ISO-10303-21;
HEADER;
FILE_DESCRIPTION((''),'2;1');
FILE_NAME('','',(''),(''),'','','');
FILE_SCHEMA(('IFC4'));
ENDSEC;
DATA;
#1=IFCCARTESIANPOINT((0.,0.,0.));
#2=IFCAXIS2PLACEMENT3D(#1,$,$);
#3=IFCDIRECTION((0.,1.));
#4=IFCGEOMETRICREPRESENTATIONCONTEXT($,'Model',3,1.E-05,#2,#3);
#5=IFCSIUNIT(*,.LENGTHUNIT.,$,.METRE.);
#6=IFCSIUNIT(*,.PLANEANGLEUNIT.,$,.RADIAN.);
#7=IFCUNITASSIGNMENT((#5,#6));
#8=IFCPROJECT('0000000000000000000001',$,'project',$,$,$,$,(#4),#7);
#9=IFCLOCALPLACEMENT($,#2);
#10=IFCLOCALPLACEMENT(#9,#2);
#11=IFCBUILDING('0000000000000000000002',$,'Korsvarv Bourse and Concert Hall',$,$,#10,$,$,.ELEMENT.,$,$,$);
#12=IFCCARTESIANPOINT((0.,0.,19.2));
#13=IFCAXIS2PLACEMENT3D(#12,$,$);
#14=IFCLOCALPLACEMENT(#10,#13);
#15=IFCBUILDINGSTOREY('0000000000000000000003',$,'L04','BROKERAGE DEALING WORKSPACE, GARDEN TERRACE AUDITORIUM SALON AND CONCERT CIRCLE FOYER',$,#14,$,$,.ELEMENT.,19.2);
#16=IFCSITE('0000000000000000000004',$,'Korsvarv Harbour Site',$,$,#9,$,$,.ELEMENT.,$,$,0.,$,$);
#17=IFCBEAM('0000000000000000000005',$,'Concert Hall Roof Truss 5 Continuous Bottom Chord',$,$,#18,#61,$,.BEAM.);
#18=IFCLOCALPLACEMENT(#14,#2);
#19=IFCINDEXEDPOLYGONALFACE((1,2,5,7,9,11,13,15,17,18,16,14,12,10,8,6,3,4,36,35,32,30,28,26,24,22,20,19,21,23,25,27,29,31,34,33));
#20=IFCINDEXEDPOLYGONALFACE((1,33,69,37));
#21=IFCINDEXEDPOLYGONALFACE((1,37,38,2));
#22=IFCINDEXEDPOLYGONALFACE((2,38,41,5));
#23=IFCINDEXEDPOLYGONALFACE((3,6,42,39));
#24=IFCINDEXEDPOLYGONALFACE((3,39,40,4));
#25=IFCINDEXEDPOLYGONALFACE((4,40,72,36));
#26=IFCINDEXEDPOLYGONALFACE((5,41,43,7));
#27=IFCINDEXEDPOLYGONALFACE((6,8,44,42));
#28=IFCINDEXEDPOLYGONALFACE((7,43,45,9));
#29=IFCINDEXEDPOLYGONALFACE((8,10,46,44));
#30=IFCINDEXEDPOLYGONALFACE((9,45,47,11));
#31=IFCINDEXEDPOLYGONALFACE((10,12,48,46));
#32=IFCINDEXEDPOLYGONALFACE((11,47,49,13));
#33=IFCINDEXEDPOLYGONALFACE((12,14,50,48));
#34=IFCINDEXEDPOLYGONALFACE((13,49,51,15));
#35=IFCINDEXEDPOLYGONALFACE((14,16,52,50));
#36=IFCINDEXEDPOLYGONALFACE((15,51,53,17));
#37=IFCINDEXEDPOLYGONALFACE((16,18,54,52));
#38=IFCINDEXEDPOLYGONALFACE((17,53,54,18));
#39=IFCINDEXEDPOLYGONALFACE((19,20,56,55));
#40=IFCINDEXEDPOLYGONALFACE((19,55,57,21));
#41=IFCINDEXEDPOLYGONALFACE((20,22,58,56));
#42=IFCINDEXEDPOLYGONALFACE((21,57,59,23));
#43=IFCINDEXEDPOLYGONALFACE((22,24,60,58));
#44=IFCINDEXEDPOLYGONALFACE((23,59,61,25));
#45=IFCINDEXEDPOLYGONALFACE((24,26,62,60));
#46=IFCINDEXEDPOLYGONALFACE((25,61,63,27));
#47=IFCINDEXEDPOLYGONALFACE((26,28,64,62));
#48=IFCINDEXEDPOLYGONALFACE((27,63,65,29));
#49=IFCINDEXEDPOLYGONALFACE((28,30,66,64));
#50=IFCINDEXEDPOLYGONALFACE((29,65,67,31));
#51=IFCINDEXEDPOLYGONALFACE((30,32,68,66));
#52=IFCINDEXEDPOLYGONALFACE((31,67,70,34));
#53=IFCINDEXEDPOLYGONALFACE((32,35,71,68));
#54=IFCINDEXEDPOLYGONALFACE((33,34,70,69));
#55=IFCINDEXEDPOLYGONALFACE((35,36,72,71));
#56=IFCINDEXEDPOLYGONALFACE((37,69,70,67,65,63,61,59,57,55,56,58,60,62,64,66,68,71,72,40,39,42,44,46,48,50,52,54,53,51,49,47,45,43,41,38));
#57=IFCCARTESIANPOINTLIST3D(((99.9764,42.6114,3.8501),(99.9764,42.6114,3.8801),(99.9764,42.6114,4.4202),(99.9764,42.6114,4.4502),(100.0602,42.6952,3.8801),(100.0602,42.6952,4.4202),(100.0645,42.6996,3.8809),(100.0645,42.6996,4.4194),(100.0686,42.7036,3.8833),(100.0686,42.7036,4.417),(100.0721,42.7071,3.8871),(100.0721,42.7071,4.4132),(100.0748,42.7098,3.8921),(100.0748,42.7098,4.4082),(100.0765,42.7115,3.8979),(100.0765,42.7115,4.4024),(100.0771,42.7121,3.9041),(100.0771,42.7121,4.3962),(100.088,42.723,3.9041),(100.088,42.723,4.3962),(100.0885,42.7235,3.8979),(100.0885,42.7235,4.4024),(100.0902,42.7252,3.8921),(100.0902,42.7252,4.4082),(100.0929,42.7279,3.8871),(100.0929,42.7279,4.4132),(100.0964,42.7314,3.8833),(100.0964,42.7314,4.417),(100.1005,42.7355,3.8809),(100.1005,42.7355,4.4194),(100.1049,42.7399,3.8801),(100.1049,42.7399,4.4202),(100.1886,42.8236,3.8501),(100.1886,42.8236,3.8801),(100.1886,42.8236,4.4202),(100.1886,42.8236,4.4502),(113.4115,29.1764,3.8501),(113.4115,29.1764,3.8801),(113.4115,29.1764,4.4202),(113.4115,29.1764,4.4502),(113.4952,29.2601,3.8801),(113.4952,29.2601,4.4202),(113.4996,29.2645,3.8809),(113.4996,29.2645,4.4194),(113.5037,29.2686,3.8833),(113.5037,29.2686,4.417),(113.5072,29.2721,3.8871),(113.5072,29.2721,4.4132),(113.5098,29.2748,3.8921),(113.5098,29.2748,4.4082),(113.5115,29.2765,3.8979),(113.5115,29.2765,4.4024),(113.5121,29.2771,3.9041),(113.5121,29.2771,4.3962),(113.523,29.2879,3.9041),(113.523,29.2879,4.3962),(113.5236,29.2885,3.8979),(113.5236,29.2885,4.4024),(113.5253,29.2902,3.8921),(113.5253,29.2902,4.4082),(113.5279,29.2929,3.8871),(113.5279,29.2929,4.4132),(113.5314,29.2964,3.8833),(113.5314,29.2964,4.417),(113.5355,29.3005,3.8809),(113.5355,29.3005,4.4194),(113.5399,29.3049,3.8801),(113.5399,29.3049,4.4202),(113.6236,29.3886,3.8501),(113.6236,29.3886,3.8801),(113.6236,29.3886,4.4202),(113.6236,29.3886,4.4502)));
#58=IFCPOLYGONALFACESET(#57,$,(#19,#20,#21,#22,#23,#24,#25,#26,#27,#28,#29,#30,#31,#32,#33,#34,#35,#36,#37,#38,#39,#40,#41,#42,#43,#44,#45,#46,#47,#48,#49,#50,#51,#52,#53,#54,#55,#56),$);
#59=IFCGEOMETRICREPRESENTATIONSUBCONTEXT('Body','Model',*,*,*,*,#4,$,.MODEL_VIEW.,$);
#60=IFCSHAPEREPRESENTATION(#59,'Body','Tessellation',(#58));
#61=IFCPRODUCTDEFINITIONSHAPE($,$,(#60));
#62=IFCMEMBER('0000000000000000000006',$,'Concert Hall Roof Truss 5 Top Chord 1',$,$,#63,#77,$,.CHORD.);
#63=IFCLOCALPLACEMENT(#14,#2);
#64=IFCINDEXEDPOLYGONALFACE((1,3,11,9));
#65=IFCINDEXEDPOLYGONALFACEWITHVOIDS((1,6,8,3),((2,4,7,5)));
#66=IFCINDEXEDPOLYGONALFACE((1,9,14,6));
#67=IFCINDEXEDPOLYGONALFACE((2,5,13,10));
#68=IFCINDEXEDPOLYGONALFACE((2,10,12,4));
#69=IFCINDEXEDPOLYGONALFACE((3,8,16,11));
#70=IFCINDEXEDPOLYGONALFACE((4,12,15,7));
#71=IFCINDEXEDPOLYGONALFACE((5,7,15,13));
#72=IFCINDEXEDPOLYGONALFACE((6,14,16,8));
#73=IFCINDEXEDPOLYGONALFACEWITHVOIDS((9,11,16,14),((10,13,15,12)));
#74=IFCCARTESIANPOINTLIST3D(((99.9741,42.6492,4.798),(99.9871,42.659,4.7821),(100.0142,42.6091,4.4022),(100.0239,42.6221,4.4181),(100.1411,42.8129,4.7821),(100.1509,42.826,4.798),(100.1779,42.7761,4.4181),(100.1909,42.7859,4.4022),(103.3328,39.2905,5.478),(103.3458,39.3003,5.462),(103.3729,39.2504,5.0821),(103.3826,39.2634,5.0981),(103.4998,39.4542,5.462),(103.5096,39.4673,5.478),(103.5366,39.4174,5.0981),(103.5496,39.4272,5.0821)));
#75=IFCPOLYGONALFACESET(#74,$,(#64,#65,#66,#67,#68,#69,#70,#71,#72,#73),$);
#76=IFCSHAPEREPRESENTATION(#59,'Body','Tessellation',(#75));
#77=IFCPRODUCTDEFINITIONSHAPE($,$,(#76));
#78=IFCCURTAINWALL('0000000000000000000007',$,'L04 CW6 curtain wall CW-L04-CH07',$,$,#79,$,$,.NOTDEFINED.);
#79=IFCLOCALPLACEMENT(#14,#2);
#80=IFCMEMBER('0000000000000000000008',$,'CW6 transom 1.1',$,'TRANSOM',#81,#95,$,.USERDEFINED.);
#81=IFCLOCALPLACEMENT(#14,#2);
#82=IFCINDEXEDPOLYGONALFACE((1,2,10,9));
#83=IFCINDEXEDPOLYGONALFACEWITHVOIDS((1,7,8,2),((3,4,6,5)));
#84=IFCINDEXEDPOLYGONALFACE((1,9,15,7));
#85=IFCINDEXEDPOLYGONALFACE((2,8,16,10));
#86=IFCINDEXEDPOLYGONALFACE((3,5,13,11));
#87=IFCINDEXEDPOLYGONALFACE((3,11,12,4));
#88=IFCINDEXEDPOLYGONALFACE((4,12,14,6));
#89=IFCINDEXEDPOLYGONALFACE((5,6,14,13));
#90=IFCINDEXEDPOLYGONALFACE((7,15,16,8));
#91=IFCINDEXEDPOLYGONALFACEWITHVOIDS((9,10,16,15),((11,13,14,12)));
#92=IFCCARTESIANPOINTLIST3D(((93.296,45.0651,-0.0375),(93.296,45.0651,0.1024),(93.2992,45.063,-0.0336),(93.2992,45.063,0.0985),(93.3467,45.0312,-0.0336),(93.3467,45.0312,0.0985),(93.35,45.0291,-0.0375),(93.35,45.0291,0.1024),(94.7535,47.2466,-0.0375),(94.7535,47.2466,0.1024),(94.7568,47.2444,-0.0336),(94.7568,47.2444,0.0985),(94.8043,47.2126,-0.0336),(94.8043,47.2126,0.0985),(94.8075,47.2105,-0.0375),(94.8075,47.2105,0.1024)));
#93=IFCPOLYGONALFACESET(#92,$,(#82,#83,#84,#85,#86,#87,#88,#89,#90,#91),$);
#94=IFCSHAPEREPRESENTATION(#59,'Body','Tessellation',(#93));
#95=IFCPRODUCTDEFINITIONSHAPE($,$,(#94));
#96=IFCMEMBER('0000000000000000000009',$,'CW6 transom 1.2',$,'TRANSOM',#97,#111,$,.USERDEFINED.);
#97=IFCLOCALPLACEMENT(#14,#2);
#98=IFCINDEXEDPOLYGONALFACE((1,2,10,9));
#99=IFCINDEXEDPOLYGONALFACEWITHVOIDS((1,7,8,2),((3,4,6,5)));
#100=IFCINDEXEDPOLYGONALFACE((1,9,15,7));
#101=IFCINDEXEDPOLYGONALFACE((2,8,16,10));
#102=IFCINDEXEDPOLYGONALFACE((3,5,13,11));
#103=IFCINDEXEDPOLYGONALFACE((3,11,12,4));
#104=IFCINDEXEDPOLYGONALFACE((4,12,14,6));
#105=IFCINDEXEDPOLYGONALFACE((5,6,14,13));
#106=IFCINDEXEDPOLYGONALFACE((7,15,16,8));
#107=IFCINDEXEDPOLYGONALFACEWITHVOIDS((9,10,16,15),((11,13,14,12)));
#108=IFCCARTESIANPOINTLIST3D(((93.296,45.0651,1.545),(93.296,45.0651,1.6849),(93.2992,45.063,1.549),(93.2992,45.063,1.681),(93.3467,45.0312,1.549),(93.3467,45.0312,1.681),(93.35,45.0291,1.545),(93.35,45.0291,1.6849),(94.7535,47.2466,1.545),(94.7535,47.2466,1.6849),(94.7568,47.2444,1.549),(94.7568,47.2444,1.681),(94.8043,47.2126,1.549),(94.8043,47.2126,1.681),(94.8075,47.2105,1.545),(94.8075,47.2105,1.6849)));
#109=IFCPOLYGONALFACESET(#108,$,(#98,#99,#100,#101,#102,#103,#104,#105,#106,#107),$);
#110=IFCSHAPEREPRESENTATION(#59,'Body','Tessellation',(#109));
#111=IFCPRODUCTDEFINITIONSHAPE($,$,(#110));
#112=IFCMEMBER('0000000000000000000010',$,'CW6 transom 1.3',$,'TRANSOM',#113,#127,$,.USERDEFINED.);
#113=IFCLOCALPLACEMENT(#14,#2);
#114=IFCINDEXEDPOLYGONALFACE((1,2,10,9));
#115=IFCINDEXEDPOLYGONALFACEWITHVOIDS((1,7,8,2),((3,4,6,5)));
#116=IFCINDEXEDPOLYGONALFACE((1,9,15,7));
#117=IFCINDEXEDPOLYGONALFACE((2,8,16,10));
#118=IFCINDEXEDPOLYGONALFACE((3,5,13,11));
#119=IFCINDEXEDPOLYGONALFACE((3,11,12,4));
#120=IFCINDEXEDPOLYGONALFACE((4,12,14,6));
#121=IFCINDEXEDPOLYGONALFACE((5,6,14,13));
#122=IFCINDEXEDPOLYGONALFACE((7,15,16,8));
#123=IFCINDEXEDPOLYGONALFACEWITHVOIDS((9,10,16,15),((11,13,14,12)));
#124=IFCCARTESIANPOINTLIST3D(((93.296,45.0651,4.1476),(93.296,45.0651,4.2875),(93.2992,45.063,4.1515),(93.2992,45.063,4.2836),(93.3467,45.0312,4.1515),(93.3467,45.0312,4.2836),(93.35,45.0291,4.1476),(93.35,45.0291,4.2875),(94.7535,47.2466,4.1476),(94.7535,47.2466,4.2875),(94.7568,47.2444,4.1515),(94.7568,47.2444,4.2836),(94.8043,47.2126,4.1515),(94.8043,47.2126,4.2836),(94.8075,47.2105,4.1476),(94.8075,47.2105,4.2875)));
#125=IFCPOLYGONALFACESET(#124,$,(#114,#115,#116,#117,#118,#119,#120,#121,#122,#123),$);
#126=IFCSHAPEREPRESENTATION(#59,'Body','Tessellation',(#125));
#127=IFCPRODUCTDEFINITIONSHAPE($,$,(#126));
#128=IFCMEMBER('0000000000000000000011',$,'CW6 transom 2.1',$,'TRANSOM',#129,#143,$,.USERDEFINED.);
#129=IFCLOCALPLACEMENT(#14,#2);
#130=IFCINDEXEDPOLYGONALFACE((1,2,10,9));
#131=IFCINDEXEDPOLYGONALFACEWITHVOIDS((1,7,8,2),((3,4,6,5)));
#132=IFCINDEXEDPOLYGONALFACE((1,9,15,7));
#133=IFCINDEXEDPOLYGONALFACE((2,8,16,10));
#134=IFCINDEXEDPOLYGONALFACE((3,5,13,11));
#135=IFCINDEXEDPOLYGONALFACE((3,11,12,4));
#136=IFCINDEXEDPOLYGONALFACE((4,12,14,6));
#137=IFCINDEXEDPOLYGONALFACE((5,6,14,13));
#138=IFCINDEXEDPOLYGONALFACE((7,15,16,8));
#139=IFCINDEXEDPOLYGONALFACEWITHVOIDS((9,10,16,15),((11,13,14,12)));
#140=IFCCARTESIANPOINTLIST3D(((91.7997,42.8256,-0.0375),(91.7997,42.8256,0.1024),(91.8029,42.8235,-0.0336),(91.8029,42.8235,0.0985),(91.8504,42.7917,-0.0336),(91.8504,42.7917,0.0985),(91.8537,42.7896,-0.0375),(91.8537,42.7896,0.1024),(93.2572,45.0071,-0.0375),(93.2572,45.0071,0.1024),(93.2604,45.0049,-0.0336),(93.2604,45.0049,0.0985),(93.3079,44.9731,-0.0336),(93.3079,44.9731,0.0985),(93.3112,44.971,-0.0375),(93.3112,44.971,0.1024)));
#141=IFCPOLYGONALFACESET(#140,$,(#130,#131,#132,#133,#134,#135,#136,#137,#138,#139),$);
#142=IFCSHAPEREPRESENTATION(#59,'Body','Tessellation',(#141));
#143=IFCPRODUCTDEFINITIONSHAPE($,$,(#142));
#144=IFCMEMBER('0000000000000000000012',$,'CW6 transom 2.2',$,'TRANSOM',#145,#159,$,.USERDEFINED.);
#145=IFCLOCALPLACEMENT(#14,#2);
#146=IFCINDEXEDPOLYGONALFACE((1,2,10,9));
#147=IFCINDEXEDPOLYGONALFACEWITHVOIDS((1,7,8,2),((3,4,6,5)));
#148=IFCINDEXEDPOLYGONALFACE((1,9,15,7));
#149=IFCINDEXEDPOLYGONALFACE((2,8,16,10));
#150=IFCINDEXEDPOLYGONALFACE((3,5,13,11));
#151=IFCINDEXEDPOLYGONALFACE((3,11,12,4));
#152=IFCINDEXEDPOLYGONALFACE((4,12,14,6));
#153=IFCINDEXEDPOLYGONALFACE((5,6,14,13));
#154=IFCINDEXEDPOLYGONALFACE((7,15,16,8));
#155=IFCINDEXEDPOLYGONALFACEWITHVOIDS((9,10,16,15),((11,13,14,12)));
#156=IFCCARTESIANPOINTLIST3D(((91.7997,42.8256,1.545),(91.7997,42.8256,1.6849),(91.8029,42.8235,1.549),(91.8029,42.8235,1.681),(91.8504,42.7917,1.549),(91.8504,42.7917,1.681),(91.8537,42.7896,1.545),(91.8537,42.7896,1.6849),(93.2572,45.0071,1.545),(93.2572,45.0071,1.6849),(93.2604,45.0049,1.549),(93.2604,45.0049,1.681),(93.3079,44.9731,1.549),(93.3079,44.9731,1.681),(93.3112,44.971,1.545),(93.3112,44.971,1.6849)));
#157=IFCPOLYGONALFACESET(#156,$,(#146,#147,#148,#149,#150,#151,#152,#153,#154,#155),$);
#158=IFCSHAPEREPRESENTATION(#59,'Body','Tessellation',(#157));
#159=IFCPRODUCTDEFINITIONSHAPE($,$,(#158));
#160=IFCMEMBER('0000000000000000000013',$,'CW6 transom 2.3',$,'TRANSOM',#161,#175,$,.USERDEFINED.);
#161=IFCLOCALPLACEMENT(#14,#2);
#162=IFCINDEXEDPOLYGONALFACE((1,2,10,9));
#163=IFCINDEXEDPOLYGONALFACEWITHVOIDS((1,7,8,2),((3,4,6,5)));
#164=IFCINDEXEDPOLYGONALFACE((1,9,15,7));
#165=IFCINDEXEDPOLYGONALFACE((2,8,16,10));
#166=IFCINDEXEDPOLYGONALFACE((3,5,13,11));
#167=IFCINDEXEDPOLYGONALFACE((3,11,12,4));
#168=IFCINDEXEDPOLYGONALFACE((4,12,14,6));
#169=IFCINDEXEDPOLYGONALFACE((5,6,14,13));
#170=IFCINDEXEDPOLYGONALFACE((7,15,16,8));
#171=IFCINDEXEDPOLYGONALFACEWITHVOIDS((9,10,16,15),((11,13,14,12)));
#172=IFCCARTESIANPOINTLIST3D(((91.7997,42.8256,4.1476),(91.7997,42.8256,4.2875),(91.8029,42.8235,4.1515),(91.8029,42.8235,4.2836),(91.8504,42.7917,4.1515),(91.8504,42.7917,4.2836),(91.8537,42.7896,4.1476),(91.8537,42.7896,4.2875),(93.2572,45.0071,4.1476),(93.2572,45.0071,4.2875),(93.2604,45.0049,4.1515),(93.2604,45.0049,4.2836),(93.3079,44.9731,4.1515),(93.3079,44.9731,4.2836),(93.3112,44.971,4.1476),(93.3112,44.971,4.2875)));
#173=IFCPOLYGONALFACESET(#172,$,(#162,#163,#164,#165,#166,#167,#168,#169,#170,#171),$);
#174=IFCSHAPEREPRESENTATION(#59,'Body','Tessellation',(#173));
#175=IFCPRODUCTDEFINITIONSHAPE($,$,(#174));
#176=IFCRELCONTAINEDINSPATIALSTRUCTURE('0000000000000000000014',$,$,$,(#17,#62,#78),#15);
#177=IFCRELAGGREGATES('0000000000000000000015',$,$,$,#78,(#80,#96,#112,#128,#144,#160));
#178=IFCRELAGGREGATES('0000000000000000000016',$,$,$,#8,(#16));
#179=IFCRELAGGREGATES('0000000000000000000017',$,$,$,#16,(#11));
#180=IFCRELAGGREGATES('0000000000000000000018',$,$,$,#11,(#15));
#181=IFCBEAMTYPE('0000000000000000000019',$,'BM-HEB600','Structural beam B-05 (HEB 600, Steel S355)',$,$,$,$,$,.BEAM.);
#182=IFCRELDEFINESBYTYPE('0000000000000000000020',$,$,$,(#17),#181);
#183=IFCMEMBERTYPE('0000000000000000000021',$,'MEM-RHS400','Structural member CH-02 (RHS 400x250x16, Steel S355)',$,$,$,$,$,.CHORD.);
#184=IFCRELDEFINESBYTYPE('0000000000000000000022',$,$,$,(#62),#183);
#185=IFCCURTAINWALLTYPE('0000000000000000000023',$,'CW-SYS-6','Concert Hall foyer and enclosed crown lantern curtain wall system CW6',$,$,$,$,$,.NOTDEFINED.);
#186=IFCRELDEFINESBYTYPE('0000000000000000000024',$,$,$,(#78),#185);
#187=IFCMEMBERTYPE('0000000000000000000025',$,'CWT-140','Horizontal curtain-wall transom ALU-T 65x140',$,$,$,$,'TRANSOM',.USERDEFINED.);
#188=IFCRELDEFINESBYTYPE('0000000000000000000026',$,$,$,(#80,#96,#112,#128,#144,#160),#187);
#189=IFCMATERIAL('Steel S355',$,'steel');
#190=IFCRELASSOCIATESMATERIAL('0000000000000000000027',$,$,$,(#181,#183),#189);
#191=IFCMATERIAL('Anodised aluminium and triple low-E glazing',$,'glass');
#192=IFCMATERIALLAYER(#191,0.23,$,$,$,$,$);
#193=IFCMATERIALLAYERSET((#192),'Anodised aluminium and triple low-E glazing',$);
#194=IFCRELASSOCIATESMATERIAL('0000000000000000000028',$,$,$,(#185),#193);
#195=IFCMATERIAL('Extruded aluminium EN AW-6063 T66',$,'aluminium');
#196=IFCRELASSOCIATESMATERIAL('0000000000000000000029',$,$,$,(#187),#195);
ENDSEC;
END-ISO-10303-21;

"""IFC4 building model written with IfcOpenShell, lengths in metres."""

from ifc_helpers import new_model, si_unit, direction, frame, origin, origin_2d, place, context, subcontext, project, spatial, hollow_rectangle, i_section, extrude, source, transform, mapped, material, layer, layer_set, material_profile, profile_set, type_object, element, aggregate, save


model = new_model("IFC4")

# Units and contexts
model_context = context("Model", 3, precision=1e-05, world=origin(), true_north=direction((0.0, 1.0)))
body_context = subcontext(model_context, "Body", "Model", "MODEL_VIEW")
ifc_project = project(units=[si_unit("LENGTHUNIT", "METRE"), si_unit("PLANEANGLEUNIT", "RADIAN")], contexts=[model_context])

# Site, building, storey
site_placement = place(None, origin())
site = spatial("IfcSite", under=ifc_project, at=site_placement, Name="Korsvarv Harbour Site", CompositionType="ELEMENT", RefElevation=0.0)
building_placement = place(site_placement, origin())
building = spatial("IfcBuilding", under=site, at=building_placement, Name="Korsvarv Bourse and Concert Hall", CompositionType="ELEMENT")
storey_placement = place(building_placement, frame((0.0, 0.0, 19.2)))
storey = spatial("IfcBuildingStorey", under=building, at=storey_placement, Name="L04", Description="BROKERAGE DEALING WORKSPACE, GARDEN TERRACE AUDITORIUM SALON AND CONCERT CIRCLE FOYER", CompositionType="ELEMENT", Elevation=19.2)

# Beam
ifc_material_1 = material(Name="Steel S355", Category="steel")
ifc_material_profile_1 = material_profile(ifc_material_1, i_section(OverallWidth=0.3, OverallDepth=0.6001, WebThickness=0.0154, FlangeThickness=0.03, FilletRadius=0.0239, at=origin_2d()), Name="HEB 600")
ifc_profile_set_1 = profile_set([ifc_material_profile_1], Name="Steel S355")
beam_type_1 = type_object("IfcBeamType", Name="BM-HEB600", Description="Structural beam B-05 (HEB 600, Steel S355)", PredefinedType="BEAM", material=ifc_profile_set_1)
shared_shape_1 = source(origin(), body_context, "Body", "SweptSolid", [
    extrude(i_section(OverallWidth=0.3, OverallDepth=0.6001, WebThickness=0.0154, FlangeThickness=0.03, FilletRadius=0.0239, at=origin_2d()), origin(), (0.0, 0.0, 1.0), 19.0),
])
beam_1_placement = place(storey_placement, frame((100.0825, 42.7175, 4.1501), z_axis=(0.707107, -0.707107, 0.0), x_axis=(0.707107, 0.707107, 0.0)))
element("IfcBeam", 1, at=beam_1_placement, inside=storey, type_object=beam_type_1, Name="Concert Hall Roof Truss 5 Continuous Bottom Chord", PredefinedType="BEAM", context=body_context, shape_type="MappedRepresentation", body=[
    mapped(shared_shape_1, transform((0.0, 0.0, 0.0), scale=1.0)),
])

# Member
ifc_material_profile_2 = material_profile(ifc_material_1, hollow_rectangle(XDim=0.25, YDim=0.3999, WallThickness=0.0161, at=origin_2d()), Name="RHS 400x250x16")
ifc_profile_set_2 = profile_set([ifc_material_profile_2], Name="Steel S355")
member_type_1 = type_object("IfcMemberType", Name="MEM-RHS400", Description="Structural member CH-02 (RHS 400x250x16, Steel S355)", PredefinedType="CHORD", material=ifc_profile_set_2)
shared_shape_2 = source(origin(), body_context, "Body", "SweptSolid", [
    extrude(hollow_rectangle(XDim=0.25, YDim=0.3999, WallThickness=0.0161, at=origin_2d()), origin(), (0.0, 0.0, 1.0), 4.7983),
])
member_1_placement = place(storey_placement, frame((100.0825, 42.7175, 4.6001), z_axis=(0.699971, -0.699971, 0.141704), x_axis=(0.707107, 0.707107, 0.0)))
element("IfcMember", 2, at=member_1_placement, inside=storey, type_object=member_type_1, Name="Concert Hall Roof Truss 5 Top Chord 1", PredefinedType="CHORD", context=body_context, shape_type="MappedRepresentation", body=[
    mapped(shared_shape_2, transform((0.0, 0.0, 0.0), scale=1.0)),
])

# Curtain wall, members
ifc_material_2 = material(Name="Anodised aluminium and triple low-E glazing", Category="glass")
ifc_layer_1 = layer(ifc_material_2, 0.23)
ifc_layer_set_1 = layer_set([ifc_layer_1], Name="Anodised aluminium and triple low-E glazing")
curtain_wall_type = type_object("IfcCurtainWallType", Name="CW-SYS-6", Description="Concert Hall foyer and enclosed crown lantern curtain wall system CW6", PredefinedType="NOTDEFINED", material=ifc_layer_set_1)
curtain_wall_placement = place(storey_placement, origin())
curtain_wall = element("IfcCurtainWall", 3, at=curtain_wall_placement, inside=storey, type_object=curtain_wall_type, Name="L04 CW6 curtain wall CW-L04-CH07", PredefinedType="NOTDEFINED")
ifc_material_3 = material(Name="Extruded aluminium EN AW-6063 T66", Category="aluminium")
ifc_material_profile_3 = material_profile(ifc_material_3, hollow_rectangle(XDim=0.0649, YDim=0.1399, WallThickness=0.0039, at=origin_2d()), Name="ALU-T 65x140")
ifc_profile_set_3 = profile_set([ifc_material_profile_3], Name="Extruded aluminium EN AW-6063 T66")
member_type_2 = type_object("IfcMemberType", Name="CWT-140", Description="Horizontal curtain-wall transom ALU-T 65x140", ElementType="TRANSOM", PredefinedType="USERDEFINED", material=ifc_profile_set_3)
shared_shape_3 = source(origin(), body_context, "Body", "SweptSolid", [
    extrude(hollow_rectangle(XDim=0.0649, YDim=0.1399, WallThickness=0.0039, at=origin_2d()), origin(), (0.0, 0.0, 1.0), 2.6235),
])
member_2_placement = place(storey_placement, frame((94.7805, 47.2285, 0.0325), z_axis=(-0.555559, -0.831477, 0.0), x_axis=(0.831477, -0.555559, 0.0)))
member_2 = element("IfcMember", 4, at=member_2_placement, type_object=member_type_2, Name="CW6 transom 1.1", ObjectType="TRANSOM", PredefinedType="USERDEFINED", context=body_context, shape_type="MappedRepresentation", body=[
    mapped(shared_shape_3, transform((0.0, 0.0, 0.0), scale=1.0)),
])
member_3_placement = place(storey_placement, frame((94.7805, 47.2285, 1.615), z_axis=(-0.555559, -0.831477, 0.0), x_axis=(0.831477, -0.555559, 0.0)))
member_3 = element("IfcMember", 5, at=member_3_placement, type_object=member_type_2, Name="CW6 transom 1.2", ObjectType="TRANSOM", PredefinedType="USERDEFINED", context=body_context, shape_type="MappedRepresentation", body=[
    mapped(shared_shape_3, transform((0.0, 0.0, 0.0), scale=1.0)),
])
member_4_placement = place(storey_placement, frame((94.7805, 47.2285, 4.2175), z_axis=(-0.555559, -0.831477, 0.0), x_axis=(0.831477, -0.555559, 0.0)))
member_4 = element("IfcMember", 6, at=member_4_placement, type_object=member_type_2, Name="CW6 transom 1.3", ObjectType="TRANSOM", PredefinedType="USERDEFINED", context=body_context, shape_type="MappedRepresentation", body=[
    mapped(shared_shape_3, transform((0.0, 0.0, 0.0), scale=1.0)),
])
member_5_placement = place(storey_placement, frame((93.2842, 44.989, 0.0325), z_axis=(-0.555559, -0.831477, 0.0), x_axis=(0.831477, -0.555559, 0.0)))
member_5 = element("IfcMember", 7, at=member_5_placement, type_object=member_type_2, Name="CW6 transom 2.1", ObjectType="TRANSOM", PredefinedType="USERDEFINED", context=body_context, shape_type="MappedRepresentation", body=[
    mapped(shared_shape_3, transform((0.0, 0.0, 0.0), scale=1.0)),
])
member_6_placement = place(storey_placement, frame((93.2842, 44.989, 1.615), z_axis=(-0.555559, -0.831477, 0.0), x_axis=(0.831477, -0.555559, 0.0)))
member_6 = element("IfcMember", 8, at=member_6_placement, type_object=member_type_2, Name="CW6 transom 2.2", ObjectType="TRANSOM", PredefinedType="USERDEFINED", context=body_context, shape_type="MappedRepresentation", body=[
    mapped(shared_shape_3, transform((0.0, 0.0, 0.0), scale=1.0)),
])
member_7_placement = place(storey_placement, frame((93.2842, 44.989, 4.2175), z_axis=(-0.555559, -0.831477, 0.0), x_axis=(0.831477, -0.555559, 0.0)))
member_7 = element("IfcMember", 9, at=member_7_placement, type_object=member_type_2, Name="CW6 transom 2.3", ObjectType="TRANSOM", PredefinedType="USERDEFINED", context=body_context, shape_type="MappedRepresentation", body=[
    mapped(shared_shape_3, transform((0.0, 0.0, 0.0), scale=1.0)),
])
aggregate(curtain_wall, [member_2, member_3, member_4, member_5, member_6, member_7])

save(model, "model.ifc")
